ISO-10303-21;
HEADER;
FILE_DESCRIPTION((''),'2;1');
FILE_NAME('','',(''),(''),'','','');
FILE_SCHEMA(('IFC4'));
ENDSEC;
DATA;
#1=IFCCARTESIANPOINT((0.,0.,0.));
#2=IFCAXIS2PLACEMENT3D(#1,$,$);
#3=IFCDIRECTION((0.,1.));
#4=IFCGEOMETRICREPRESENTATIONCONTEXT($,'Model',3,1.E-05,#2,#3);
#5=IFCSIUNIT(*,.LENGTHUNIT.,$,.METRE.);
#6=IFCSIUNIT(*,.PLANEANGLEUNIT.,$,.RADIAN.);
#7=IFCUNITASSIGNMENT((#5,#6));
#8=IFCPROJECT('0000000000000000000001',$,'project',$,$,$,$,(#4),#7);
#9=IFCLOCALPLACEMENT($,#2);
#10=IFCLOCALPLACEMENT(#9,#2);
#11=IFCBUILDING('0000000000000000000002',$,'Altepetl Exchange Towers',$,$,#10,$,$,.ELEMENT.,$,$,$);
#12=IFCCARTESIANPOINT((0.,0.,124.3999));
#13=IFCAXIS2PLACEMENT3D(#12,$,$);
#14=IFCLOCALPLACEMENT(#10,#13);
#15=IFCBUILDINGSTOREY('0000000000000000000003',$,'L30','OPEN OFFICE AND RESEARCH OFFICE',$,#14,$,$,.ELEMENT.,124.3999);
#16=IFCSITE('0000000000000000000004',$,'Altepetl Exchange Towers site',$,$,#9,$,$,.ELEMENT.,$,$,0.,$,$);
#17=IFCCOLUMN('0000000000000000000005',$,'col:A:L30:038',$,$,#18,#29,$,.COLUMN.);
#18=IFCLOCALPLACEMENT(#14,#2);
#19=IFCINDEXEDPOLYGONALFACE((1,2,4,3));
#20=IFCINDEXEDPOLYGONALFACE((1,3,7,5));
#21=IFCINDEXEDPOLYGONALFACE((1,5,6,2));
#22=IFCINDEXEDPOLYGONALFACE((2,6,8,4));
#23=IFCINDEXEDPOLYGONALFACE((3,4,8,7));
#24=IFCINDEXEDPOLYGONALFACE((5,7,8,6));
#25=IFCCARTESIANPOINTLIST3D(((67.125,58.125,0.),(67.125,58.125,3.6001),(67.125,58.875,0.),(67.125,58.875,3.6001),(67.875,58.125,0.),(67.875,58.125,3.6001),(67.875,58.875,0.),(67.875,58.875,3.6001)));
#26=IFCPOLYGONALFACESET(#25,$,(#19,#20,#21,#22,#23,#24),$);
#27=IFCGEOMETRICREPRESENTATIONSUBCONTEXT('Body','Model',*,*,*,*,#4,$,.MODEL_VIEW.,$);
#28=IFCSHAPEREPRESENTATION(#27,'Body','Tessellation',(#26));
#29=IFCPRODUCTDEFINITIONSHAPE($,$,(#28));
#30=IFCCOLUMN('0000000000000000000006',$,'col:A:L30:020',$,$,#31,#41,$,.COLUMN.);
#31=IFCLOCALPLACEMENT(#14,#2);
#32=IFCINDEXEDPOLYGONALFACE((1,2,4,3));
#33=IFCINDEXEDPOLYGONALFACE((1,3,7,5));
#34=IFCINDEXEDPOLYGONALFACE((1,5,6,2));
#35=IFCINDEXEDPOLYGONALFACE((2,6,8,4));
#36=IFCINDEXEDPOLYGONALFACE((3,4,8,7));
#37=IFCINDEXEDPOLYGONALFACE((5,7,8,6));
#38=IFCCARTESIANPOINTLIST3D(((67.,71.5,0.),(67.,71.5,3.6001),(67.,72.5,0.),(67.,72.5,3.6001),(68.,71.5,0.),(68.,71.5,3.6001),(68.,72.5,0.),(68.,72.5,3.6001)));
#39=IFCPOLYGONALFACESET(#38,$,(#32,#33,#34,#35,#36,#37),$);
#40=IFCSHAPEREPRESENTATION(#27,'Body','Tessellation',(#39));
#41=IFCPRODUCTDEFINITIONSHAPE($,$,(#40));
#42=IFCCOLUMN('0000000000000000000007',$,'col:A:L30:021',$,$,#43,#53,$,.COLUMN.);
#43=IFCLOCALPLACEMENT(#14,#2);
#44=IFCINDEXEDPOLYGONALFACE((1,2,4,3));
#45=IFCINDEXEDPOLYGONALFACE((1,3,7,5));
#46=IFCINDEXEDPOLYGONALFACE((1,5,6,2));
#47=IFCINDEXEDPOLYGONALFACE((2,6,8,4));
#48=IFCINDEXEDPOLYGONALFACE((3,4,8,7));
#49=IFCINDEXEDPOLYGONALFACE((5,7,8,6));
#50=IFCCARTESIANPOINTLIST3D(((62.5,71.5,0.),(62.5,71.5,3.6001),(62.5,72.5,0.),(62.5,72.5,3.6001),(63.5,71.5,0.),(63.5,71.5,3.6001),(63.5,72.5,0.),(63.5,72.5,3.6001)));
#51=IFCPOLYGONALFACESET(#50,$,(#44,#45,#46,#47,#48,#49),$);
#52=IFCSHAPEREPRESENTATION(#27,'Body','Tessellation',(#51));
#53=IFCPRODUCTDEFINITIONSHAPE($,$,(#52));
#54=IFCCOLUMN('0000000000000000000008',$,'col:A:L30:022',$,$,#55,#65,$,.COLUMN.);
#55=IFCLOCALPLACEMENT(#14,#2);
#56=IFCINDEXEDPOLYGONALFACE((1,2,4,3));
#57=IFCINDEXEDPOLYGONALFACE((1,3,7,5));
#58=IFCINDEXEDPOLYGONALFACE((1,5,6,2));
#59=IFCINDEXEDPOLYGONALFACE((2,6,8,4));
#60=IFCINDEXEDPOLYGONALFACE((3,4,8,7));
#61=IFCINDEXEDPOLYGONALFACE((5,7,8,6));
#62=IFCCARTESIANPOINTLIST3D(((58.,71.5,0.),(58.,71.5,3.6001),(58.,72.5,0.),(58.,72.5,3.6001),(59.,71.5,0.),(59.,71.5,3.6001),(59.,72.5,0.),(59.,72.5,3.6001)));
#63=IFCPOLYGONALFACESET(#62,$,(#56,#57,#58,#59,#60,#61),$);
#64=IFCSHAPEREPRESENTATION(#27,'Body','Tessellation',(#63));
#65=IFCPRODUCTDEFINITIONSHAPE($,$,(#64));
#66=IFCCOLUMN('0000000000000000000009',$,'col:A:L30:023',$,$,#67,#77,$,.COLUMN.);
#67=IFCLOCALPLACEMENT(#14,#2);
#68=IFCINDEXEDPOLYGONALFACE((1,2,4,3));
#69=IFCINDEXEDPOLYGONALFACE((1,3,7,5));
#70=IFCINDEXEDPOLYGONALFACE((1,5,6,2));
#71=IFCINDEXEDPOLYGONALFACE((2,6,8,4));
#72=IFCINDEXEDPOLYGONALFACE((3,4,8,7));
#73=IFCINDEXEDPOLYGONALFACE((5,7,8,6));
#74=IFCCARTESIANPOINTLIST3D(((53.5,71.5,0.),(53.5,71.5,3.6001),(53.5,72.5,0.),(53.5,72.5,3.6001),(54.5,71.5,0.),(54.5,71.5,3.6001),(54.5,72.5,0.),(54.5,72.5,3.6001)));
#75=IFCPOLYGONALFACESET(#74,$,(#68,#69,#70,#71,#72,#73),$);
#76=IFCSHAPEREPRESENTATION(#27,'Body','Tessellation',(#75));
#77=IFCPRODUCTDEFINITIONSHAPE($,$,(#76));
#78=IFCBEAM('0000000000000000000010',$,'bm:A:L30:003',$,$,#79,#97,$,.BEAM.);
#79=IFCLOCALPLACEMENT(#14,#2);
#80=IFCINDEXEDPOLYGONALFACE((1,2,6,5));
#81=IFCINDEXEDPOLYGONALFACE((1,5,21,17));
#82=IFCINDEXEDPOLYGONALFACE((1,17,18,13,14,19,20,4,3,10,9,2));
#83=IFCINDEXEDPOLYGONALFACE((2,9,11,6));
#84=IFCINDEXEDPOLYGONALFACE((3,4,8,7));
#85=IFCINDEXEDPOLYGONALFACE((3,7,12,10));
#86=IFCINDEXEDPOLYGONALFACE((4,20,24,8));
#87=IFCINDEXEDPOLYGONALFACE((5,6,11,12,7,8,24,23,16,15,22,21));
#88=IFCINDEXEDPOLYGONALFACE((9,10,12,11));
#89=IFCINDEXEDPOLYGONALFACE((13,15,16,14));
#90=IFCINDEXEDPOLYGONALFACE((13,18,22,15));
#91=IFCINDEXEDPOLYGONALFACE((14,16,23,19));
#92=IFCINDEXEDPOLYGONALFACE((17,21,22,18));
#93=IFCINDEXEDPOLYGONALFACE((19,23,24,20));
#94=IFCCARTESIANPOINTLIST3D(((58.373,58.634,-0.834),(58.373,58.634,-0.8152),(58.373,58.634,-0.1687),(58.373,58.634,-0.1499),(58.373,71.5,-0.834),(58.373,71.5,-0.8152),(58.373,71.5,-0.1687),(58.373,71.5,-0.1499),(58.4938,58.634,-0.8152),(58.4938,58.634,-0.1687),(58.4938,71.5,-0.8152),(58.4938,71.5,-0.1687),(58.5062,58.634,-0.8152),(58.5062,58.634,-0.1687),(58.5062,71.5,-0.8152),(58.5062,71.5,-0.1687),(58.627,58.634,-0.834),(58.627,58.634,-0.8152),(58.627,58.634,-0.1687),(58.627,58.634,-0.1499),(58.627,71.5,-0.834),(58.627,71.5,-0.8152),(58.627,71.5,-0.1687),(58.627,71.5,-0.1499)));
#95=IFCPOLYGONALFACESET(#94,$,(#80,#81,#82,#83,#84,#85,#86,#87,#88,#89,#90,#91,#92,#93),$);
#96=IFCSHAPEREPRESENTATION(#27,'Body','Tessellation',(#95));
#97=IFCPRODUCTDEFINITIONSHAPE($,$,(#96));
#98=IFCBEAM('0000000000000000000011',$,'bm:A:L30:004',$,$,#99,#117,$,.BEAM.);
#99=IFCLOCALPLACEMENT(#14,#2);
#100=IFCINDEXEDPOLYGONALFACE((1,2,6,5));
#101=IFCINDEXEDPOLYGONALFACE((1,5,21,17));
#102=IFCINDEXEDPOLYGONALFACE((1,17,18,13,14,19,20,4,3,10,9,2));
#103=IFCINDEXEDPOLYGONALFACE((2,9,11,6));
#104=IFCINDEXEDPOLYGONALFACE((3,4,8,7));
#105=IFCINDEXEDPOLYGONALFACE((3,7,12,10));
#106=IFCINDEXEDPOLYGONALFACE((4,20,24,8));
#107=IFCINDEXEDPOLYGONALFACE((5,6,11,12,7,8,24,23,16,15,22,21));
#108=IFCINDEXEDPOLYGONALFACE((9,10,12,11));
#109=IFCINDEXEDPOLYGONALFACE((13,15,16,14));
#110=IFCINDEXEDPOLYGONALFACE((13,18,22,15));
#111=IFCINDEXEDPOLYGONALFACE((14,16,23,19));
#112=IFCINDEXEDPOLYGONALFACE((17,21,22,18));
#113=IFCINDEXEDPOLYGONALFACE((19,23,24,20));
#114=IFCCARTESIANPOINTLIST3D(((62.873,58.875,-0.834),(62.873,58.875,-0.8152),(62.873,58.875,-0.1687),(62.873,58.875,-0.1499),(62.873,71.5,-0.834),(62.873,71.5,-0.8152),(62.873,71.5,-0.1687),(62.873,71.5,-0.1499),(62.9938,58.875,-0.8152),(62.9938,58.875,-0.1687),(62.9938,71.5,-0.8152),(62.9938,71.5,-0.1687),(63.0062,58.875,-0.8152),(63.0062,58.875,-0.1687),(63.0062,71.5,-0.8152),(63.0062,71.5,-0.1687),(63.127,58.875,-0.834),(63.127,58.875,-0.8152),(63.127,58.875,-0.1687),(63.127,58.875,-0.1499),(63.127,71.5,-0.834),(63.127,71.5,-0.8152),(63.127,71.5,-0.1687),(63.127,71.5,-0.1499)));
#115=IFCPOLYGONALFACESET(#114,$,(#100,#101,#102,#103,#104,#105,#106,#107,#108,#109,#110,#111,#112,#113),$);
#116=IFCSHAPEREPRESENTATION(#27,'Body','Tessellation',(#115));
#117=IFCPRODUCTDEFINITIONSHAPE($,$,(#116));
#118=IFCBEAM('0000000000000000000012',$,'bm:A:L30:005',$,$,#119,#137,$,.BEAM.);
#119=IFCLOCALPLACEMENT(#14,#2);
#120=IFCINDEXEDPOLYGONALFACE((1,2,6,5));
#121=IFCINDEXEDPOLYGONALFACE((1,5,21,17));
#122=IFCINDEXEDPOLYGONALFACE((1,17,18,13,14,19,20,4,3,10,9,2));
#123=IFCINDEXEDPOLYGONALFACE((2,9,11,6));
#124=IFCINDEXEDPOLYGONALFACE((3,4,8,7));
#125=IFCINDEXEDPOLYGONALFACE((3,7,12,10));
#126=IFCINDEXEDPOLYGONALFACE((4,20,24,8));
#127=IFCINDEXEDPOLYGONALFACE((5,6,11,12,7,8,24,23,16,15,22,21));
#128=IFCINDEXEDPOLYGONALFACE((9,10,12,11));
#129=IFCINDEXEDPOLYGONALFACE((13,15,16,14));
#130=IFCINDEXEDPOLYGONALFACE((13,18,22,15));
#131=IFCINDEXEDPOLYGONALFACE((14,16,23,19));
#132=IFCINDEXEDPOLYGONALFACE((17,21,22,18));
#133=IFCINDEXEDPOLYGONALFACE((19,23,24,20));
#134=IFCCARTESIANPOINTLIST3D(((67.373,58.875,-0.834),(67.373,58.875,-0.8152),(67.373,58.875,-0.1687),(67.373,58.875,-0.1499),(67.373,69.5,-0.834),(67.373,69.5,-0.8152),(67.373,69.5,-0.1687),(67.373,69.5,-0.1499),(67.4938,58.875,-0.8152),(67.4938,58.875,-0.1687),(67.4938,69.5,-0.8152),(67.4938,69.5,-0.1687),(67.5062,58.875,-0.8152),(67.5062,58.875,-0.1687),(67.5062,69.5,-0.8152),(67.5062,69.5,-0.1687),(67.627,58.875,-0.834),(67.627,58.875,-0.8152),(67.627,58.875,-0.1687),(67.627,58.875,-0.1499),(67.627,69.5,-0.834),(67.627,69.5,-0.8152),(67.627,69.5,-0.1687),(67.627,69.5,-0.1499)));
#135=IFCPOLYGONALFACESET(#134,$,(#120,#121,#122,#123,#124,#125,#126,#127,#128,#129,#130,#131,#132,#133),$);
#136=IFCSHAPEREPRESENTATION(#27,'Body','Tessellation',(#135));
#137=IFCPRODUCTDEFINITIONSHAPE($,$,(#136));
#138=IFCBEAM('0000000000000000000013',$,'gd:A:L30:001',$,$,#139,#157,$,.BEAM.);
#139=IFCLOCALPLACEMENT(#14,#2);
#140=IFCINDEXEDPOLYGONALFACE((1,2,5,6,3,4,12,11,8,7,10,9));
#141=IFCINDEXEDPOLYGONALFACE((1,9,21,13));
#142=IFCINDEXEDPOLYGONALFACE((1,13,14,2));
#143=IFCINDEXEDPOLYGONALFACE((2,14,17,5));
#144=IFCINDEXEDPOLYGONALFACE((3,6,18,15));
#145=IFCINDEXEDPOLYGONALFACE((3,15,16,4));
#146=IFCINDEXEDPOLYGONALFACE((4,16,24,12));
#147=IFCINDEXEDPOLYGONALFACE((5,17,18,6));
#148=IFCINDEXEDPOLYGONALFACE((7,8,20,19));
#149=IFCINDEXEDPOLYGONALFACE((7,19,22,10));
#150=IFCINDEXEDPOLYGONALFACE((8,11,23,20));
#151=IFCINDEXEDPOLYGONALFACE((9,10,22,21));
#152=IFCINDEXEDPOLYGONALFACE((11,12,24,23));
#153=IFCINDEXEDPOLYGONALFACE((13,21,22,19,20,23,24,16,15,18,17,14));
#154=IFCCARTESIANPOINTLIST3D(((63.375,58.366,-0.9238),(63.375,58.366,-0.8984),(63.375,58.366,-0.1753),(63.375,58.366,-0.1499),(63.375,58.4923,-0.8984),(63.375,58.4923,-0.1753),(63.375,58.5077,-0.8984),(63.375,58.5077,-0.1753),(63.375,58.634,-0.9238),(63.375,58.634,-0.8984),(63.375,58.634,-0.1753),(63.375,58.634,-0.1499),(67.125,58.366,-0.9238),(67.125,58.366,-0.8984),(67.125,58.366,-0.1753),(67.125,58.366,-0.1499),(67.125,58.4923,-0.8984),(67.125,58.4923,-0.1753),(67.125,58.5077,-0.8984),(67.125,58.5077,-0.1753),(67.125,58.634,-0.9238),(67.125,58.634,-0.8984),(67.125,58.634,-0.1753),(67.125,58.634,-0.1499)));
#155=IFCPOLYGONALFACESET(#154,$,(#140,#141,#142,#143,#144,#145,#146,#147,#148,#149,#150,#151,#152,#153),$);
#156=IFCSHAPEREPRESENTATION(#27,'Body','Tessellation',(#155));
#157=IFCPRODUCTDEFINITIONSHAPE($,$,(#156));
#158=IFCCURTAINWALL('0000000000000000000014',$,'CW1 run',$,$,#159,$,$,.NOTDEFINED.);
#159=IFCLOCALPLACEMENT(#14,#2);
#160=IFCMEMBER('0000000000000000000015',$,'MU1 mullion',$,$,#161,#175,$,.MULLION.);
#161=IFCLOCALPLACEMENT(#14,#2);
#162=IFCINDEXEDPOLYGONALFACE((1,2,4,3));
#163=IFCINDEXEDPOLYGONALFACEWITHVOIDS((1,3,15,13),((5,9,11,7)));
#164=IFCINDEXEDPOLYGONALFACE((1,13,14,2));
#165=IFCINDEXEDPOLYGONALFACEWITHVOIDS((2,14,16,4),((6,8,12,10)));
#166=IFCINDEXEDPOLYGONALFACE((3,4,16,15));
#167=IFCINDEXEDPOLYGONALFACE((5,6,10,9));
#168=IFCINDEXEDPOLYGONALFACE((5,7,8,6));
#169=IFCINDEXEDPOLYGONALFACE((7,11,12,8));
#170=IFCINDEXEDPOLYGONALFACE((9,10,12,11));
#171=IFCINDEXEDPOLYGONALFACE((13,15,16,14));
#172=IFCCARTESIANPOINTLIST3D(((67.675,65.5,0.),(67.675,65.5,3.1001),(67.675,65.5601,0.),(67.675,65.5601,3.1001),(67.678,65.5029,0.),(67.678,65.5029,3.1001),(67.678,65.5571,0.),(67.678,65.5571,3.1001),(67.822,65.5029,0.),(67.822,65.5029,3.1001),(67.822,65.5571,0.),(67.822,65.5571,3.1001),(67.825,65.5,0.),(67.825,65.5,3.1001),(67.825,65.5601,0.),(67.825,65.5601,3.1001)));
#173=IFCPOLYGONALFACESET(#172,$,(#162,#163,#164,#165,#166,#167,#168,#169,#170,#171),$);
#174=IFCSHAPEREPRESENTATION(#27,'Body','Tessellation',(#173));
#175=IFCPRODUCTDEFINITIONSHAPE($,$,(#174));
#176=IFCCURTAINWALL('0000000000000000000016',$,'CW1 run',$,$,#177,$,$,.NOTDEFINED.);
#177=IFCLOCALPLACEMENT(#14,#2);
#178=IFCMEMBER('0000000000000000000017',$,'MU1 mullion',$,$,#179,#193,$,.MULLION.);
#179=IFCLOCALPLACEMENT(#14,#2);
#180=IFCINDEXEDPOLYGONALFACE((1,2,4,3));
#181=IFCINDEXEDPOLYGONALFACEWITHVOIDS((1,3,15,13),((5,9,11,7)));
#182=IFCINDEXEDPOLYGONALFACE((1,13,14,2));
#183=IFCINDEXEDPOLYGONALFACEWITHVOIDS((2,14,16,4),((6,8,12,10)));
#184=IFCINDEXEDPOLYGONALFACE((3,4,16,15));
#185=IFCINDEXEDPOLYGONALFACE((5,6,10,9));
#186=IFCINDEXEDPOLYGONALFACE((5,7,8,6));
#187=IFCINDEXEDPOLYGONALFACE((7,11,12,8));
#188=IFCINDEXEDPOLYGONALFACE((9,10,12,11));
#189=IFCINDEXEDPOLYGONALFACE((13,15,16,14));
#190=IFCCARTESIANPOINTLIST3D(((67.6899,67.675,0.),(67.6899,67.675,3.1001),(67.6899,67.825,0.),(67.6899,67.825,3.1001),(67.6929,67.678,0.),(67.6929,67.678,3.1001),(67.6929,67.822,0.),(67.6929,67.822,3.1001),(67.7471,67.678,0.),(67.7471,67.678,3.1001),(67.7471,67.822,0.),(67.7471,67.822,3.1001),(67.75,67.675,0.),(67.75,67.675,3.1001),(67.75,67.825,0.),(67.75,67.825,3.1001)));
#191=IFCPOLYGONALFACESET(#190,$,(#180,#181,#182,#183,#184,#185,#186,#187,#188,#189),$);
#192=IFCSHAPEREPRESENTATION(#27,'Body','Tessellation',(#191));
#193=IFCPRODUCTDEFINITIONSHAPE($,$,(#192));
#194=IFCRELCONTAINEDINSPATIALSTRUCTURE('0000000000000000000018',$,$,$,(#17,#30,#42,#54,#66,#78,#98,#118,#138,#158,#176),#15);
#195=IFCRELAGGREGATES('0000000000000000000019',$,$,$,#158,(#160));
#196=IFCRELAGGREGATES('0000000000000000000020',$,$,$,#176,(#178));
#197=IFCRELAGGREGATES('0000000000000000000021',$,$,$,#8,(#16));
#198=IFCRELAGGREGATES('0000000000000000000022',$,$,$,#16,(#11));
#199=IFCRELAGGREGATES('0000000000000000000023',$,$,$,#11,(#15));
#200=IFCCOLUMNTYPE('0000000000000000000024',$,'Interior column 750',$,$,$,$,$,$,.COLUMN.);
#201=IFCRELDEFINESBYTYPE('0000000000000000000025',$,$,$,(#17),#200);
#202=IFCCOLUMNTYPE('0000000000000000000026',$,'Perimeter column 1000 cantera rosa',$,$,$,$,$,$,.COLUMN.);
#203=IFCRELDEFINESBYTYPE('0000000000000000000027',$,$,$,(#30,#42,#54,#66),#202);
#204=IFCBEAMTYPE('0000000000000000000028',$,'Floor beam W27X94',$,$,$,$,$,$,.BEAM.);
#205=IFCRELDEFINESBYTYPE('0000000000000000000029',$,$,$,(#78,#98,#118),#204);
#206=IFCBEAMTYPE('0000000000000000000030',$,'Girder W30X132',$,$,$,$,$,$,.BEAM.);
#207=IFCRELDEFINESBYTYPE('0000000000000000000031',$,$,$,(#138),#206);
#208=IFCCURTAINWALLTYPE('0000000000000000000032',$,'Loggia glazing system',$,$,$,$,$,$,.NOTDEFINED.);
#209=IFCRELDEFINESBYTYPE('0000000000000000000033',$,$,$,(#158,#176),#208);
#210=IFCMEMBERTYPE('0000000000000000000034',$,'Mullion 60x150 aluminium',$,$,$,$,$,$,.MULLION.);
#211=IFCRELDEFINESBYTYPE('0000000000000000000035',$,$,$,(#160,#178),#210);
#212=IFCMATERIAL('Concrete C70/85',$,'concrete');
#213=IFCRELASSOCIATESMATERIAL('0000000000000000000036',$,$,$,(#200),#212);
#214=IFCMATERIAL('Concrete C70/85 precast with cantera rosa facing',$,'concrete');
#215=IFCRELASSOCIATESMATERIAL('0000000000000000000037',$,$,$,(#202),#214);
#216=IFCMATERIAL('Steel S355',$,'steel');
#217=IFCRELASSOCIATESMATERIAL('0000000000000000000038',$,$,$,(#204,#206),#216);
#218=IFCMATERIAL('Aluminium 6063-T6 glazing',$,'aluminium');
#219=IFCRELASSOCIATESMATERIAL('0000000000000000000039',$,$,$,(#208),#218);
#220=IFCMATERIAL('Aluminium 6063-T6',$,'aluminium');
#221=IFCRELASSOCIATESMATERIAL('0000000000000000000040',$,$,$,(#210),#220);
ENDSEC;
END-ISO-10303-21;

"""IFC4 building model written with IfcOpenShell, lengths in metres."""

from ifc_helpers import new_model, si_unit, direction, frame, origin, origin_2d, place, context, subcontext, project, spatial, rectangle, hollow_rectangle, i_section, extrude, material, material_profile, profile_set, type_object, element, aggregate, save


model = new_model("IFC4")

# Units and contexts
model_context = context("Model", 3, precision=1e-05, world=origin(), true_north=direction((0.0, 1.0)))
body_context = subcontext(model_context, "Body", "Model", "MODEL_VIEW")
ifc_project = project(units=[si_unit("LENGTHUNIT", "METRE"), si_unit("PLANEANGLEUNIT", "RADIAN")], contexts=[model_context])

# Site, building, storey
site_placement = place(None, origin())
site = spatial("IfcSite", under=ifc_project, at=site_placement, Name="Altepetl Exchange Towers site", CompositionType="ELEMENT", RefElevation=0.0)
building_placement = place(site_placement, origin())
building = spatial("IfcBuilding", under=site, at=building_placement, Name="Altepetl Exchange Towers", CompositionType="ELEMENT")
storey_placement = place(building_placement, frame((0.0, 0.0, 124.3999)))
storey = spatial("IfcBuildingStorey", under=building, at=storey_placement, Name="L30", Description="OPEN OFFICE AND RESEARCH OFFICE", CompositionType="ELEMENT", Elevation=124.3999)

# Columns
ifc_material_1 = material(Name="Concrete C70/85", Category="concrete")
ifc_material_profile_1 = material_profile(ifc_material_1, rectangle(XDim=0.75, YDim=0.75, at=origin_2d()), Name="750 x 750")
ifc_profile_set_1 = profile_set([ifc_material_profile_1], Name="Concrete C70/85")
column_type_1 = type_object("IfcColumnType", Name="Interior column 750", PredefinedType="COLUMN", material=ifc_profile_set_1)
column_placement = place(storey_placement, frame((67.5, 58.5, 0.0)))
element("IfcColumn", 1, at=column_placement, inside=storey, type_object=column_type_1, Name="col:A:L30:038", PredefinedType="COLUMN", context=body_context, shape_type="SweptSolid", body=[
    extrude(rectangle(XDim=0.75, YDim=0.75, at=origin_2d()), origin(), (0.0, 0.0, 1.0), 3.6001),
])
ifc_material_2 = material(Name="Concrete C70/85 precast with cantera rosa facing", Category="concrete")
ifc_material_profile_2 = material_profile(ifc_material_2, rectangle(XDim=1.0, YDim=1.0, at=origin_2d()), Name="1000 x 1000")
ifc_profile_set_2 = profile_set([ifc_material_profile_2], Name="Concrete C70/85 precast with cantera rosa facing")
column_type_2 = type_object("IfcColumnType", Name="Perimeter column 1000 cantera rosa", PredefinedType="COLUMN", material=ifc_profile_set_2)
for number, where, name in (
    (2, (67.5, 72.0, 0.0), "col:A:L30:020"),
    (3, (63.0, 72.0, 0.0), "col:A:L30:021"),
    (4, (58.5, 72.0, 0.0), "col:A:L30:022"),
    (5, (54.0, 72.0, 0.0), "col:A:L30:023"),
):
    element("IfcColumn", number, at=place(storey_placement, frame(where)), inside=storey, type_object=column_type_2, Name=name, PredefinedType="COLUMN", context=body_context, shape_type="SweptSolid", body=[
        extrude(rectangle(XDim=1.0, YDim=1.0, at=origin_2d()), origin(), (0.0, 0.0, 1.0), 3.6001),
    ])

# Beams
ifc_material_3 = material(Name="Steel S355", Category="steel")
ifc_material_profile_3 = material_profile(ifc_material_3, i_section(OverallWidth=0.2539, OverallDepth=0.6841, WebThickness=0.0125, FlangeThickness=0.0188, at=origin_2d()), Name="W27X94")
ifc_profile_set_3 = profile_set([ifc_material_profile_3], Name="Steel S355")
beam_type_1 = type_object("IfcBeamType", Name="Floor beam W27X94", PredefinedType="BEAM", material=ifc_profile_set_3)
beam_1_placement = place(storey_placement, frame((58.5, 58.634, -0.4919), z_axis=(0.0, 1.0, 0.0), x_axis=(-1.0, 0.0, 0.0)))
element("IfcBeam", 6, at=beam_1_placement, inside=storey, type_object=beam_type_1, Name="bm:A:L30:003", PredefinedType="BEAM", context=body_context, shape_type="SweptSolid", body=[
    extrude(i_section(OverallWidth=0.2539, OverallDepth=0.6841, WebThickness=0.0125, FlangeThickness=0.0188, at=origin_2d()), origin(), (0.0, 0.0, 1.0), 12.866),
])
beam_2_placement = place(storey_placement, frame((63.0, 58.875, -0.4919), z_axis=(0.0, 1.0, 0.0), x_axis=(-1.0, 0.0, 0.0)))
element("IfcBeam", 7, at=beam_2_placement, inside=storey, type_object=beam_type_1, Name="bm:A:L30:004", PredefinedType="BEAM", context=body_context, shape_type="SweptSolid", body=[
    extrude(i_section(OverallWidth=0.2539, OverallDepth=0.6841, WebThickness=0.0125, FlangeThickness=0.0188, at=origin_2d()), origin(), (0.0, 0.0, 1.0), 12.625),
])
beam_3_placement = place(storey_placement, frame((67.5, 58.875, -0.4919), z_axis=(0.0, 1.0, 0.0), x_axis=(-1.0, 0.0, 0.0)))
element("IfcBeam", 8, at=beam_3_placement, inside=storey, type_object=beam_type_1, Name="bm:A:L30:005", PredefinedType="BEAM", context=body_context, shape_type="SweptSolid", body=[
    extrude(i_section(OverallWidth=0.2539, OverallDepth=0.6841, WebThickness=0.0125, FlangeThickness=0.0188, at=origin_2d()), origin(), (0.0, 0.0, 1.0), 10.625),
])
ifc_material_profile_4 = material_profile(ifc_material_3, i_section(OverallWidth=0.2681, OverallDepth=0.7739, WebThickness=0.0154, FlangeThickness=0.0254, at=origin_2d()), Name="W30X132")
ifc_profile_set_4 = profile_set([ifc_material_profile_4], Name="Steel S355")
beam_type_2 = type_object("IfcBeamType", Name="Girder W30X132", PredefinedType="BEAM", material=ifc_profile_set_4)
beam_4_placement = place(storey_placement, frame((63.375, 58.5, -0.5369), z_axis=(1.0, 0.0, 0.0), x_axis=(0.0, 1.0, 0.0)))
element("IfcBeam", 9, at=beam_4_placement, inside=storey, type_object=beam_type_2, Name="gd:A:L30:001", PredefinedType="BEAM", context=body_context, shape_type="SweptSolid", body=[
    extrude(i_section(OverallWidth=0.2681, OverallDepth=0.7739, WebThickness=0.0154, FlangeThickness=0.0254, at=origin_2d()), origin(), (0.0, 0.0, 1.0), 3.75),
])

# Curtain wall, member
ifc_material_4 = material(Name="Aluminium 6063-T6 glazing", Category="aluminium")
curtain_wall_type = type_object("IfcCurtainWallType", Name="Loggia glazing system", PredefinedType="NOTDEFINED", material=ifc_material_4)
curtain_wall_1_placement = place(storey_placement, origin())
curtain_wall_1 = element("IfcCurtainWall", 10, at=curtain_wall_1_placement, inside=storey, type_object=curtain_wall_type, Name="CW1 run", PredefinedType="NOTDEFINED")
ifc_material_5 = material(Name="Aluminium 6063-T6", Category="aluminium")
ifc_material_profile_5 = material_profile(ifc_material_5, hollow_rectangle(XDim=0.0601, YDim=0.1499, WallThickness=0.0029, at=origin_2d()), Name="Mullion 60x150 aluminium")
ifc_profile_set_5 = profile_set([ifc_material_profile_5], Name="Aluminium 6063-T6")
member_type = type_object("IfcMemberType", Name="Mullion 60x150 aluminium", PredefinedType="MULLION", material=ifc_profile_set_5)
member_1_placement = place(storey_placement, frame((67.75, 65.53, 0.0), z_axis=(0.0, 0.0, 1.0), x_axis=(0.0, 1.0, 0.0)))
member_1 = element("IfcMember", 11, at=member_1_placement, type_object=member_type, Name="MU1 mullion", PredefinedType="MULLION", context=body_context, shape_type="SweptSolid", body=[
    extrude(hollow_rectangle(XDim=0.0601, YDim=0.1499, WallThickness=0.0029, at=origin_2d()), origin(), (0.0, 0.0, 1.0), 3.1001),
])
aggregate(curtain_wall_1, [member_1])

# Curtain wall, member
curtain_wall_2_placement = place(storey_placement, origin())
curtain_wall_2 = element("IfcCurtainWall", 12, at=curtain_wall_2_placement, inside=storey, type_object=curtain_wall_type, Name="CW1 run", PredefinedType="NOTDEFINED")
member_2_placement = place(storey_placement, frame((67.72, 67.75, 0.0), z_axis=(0.0, 0.0, 1.0), x_axis=(-1.0, 0.0, 0.0)))
member_2 = element("IfcMember", 13, at=member_2_placement, type_object=member_type, Name="MU1 mullion", PredefinedType="MULLION", context=body_context, shape_type="SweptSolid", body=[
    extrude(hollow_rectangle(XDim=0.0601, YDim=0.1499, WallThickness=0.0029, at=origin_2d()), origin(), (0.0, 0.0, 1.0), 3.1001),
])

aggregate(curtain_wall_2, [member_2])

save(model, "model.ifc")
